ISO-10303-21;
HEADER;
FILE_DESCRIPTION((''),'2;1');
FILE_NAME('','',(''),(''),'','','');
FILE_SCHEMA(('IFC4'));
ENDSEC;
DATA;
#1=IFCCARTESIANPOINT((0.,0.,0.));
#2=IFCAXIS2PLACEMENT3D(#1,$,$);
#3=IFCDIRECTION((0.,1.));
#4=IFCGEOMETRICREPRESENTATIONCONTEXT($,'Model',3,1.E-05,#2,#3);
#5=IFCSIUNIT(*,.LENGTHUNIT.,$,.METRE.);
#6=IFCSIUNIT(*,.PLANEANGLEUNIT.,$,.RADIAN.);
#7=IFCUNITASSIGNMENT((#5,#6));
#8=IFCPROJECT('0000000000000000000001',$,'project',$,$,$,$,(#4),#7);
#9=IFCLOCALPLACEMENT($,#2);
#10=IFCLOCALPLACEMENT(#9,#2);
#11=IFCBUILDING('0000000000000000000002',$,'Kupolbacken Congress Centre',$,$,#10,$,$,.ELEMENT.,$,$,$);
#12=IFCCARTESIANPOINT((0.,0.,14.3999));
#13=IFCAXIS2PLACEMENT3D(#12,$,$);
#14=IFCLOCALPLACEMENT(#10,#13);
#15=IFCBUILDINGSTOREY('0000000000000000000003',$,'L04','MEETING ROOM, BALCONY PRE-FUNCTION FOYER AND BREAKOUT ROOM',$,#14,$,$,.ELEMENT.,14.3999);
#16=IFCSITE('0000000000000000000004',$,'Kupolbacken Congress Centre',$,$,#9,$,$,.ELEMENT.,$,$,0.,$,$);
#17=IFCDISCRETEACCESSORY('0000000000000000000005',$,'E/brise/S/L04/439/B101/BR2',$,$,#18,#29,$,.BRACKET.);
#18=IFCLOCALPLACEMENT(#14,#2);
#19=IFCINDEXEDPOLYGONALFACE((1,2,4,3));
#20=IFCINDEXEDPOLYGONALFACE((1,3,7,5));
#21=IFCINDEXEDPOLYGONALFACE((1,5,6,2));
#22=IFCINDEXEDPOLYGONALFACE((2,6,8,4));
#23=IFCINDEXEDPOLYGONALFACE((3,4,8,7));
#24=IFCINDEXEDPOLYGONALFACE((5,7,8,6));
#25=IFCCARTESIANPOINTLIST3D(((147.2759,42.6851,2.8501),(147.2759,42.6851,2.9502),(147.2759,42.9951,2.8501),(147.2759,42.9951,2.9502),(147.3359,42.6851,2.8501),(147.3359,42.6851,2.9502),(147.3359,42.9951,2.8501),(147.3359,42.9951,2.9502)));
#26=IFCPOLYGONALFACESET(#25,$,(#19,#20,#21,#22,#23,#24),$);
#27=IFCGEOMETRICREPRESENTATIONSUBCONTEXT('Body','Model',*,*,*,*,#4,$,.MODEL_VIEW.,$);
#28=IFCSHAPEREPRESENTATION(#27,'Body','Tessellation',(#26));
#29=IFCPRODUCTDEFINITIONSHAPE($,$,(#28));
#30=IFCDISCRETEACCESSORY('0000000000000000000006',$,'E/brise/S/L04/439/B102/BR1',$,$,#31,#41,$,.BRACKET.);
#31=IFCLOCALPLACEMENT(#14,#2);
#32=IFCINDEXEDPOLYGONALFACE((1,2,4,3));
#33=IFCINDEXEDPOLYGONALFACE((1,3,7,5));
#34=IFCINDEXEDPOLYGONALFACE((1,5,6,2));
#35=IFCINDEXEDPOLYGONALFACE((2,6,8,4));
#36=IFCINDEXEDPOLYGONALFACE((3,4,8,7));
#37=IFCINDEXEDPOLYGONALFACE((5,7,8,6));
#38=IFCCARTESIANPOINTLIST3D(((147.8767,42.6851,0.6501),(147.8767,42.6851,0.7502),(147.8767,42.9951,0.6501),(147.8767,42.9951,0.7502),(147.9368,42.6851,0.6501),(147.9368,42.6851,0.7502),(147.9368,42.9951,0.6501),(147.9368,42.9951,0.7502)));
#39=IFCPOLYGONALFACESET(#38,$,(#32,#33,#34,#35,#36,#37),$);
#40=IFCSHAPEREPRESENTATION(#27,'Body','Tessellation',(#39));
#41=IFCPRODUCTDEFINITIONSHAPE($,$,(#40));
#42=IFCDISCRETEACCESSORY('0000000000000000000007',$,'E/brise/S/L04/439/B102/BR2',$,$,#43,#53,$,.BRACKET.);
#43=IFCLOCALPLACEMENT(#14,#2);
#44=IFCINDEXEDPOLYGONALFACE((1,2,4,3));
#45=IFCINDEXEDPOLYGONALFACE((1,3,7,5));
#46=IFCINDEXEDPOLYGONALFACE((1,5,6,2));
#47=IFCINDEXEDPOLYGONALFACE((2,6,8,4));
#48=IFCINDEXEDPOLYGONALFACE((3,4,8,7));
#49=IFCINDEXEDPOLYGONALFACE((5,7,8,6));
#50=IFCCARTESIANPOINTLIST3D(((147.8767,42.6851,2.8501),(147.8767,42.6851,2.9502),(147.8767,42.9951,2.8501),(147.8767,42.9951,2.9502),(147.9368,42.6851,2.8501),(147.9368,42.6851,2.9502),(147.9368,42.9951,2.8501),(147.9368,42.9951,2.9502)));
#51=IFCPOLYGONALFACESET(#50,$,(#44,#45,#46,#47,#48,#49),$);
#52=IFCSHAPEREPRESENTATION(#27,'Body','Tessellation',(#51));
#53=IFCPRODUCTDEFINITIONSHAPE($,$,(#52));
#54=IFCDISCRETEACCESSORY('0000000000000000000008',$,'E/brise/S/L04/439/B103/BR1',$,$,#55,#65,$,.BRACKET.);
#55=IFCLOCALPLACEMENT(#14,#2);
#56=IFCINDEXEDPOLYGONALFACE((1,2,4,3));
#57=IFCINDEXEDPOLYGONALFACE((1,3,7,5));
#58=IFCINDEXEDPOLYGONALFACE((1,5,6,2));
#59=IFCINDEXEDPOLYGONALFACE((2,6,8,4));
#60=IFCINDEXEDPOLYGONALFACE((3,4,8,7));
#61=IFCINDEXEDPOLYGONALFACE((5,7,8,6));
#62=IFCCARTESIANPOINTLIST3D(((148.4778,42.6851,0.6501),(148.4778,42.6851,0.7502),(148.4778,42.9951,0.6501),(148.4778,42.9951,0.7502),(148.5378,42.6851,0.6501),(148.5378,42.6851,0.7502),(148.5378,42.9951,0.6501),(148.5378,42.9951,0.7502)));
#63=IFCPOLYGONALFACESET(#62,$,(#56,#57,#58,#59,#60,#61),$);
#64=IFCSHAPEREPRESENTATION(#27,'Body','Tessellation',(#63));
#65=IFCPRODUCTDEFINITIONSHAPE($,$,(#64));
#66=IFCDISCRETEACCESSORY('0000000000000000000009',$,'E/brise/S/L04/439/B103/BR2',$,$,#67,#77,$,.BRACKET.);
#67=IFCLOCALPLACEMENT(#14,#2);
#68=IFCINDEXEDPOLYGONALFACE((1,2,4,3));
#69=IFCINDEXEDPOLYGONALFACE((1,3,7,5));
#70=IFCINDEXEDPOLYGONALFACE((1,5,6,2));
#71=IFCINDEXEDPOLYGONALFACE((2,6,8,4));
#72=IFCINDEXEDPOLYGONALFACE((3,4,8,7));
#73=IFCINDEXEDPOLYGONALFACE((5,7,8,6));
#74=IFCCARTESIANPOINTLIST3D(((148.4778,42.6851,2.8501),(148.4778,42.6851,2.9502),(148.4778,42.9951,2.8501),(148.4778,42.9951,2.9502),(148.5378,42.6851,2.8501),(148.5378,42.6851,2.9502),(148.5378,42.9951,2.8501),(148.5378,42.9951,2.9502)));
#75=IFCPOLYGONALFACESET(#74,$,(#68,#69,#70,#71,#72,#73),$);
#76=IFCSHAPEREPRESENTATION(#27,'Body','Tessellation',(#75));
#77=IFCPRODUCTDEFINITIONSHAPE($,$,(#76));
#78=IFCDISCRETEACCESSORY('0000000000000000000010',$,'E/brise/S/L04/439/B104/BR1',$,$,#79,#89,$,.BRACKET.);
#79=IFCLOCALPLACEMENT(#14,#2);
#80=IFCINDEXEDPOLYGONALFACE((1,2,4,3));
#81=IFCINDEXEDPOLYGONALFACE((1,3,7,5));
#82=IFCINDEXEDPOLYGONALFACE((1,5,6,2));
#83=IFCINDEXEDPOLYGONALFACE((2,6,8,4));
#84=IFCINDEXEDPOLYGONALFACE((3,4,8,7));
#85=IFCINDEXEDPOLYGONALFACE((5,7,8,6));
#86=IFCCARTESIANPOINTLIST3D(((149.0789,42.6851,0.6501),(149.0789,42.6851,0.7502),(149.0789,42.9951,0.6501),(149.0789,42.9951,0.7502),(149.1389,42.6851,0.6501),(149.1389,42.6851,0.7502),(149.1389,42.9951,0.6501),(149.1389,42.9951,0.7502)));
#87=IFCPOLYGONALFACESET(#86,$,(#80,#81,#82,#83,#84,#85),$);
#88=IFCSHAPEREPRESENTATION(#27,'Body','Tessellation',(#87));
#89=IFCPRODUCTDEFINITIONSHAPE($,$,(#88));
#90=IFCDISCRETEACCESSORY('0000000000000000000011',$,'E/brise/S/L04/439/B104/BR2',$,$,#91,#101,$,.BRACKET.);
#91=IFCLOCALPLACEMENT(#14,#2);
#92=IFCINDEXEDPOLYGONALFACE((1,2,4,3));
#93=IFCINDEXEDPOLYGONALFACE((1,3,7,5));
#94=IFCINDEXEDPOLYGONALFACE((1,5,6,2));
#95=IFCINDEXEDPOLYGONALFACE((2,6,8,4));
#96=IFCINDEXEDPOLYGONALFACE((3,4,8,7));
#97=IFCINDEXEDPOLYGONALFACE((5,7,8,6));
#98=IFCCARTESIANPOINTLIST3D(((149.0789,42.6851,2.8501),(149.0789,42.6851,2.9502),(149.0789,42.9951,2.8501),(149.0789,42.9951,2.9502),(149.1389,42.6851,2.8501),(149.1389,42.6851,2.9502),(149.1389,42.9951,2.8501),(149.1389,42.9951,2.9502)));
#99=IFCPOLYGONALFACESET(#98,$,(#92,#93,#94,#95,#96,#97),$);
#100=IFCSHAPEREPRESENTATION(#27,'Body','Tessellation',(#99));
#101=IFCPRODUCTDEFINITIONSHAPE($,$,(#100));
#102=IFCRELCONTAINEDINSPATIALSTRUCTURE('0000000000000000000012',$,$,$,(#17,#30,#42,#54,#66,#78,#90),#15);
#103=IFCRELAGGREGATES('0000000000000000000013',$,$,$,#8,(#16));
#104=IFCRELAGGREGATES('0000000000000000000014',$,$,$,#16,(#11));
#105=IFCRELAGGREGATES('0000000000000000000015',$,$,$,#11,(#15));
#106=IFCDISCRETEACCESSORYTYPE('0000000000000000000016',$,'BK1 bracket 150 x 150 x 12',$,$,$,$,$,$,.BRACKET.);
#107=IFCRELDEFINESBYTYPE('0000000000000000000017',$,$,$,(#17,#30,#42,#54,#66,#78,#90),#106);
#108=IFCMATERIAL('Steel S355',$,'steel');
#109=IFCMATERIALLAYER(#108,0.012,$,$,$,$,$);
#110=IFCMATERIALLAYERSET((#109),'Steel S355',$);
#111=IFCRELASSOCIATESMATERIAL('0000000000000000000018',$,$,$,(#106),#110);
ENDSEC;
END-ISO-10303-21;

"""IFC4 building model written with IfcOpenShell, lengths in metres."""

from ifc_helpers import new_model, si_unit, direction, frame, origin, origin_2d, place, context, subcontext, project, spatial, rectangle, extrude, material, layer, layer_set, type_object, element, save


model = new_model("IFC4")

# Units and contexts
model_context = context("Model", 3, precision=1e-05, world=origin(), true_north=direction((0.0, 1.0)))
body_context = subcontext(model_context, "Body", "Model", "MODEL_VIEW")
ifc_project = project(units=[si_unit("LENGTHUNIT", "METRE"), si_unit("PLANEANGLEUNIT", "RADIAN")], contexts=[model_context])

# Site, building, storey
site_placement = place(None, origin())
site = spatial("IfcSite", under=ifc_project, at=site_placement, Name="Kupolbacken Congress Centre", CompositionType="ELEMENT", RefElevation=0.0)
building_placement = place(site_placement, origin())
building = spatial("IfcBuilding", under=site, at=building_placement, Name="Kupolbacken Congress Centre", CompositionType="ELEMENT")
storey_placement = place(building_placement, frame((0.0, 0.0, 14.3999)))
storey = spatial("IfcBuildingStorey", under=building, at=storey_placement, Name="L04", Description="MEETING ROOM, BALCONY PRE-FUNCTION FOYER AND BREAKOUT ROOM", CompositionType="ELEMENT", Elevation=14.3999)

# Discrete accessories
ifc_material_1 = material(Name="Steel S355", Category="steel")
ifc_layer_1 = layer(ifc_material_1, 0.012)
ifc_layer_set_1 = layer_set([ifc_layer_1], Name="Steel S355")
discrete_accessory_type = type_object("IfcDiscreteAccessoryType", Name="BK1 bracket 150 x 150 x 12", PredefinedType="BRACKET", material=ifc_layer_set_1)
for number, where, z_axis, x_axis, name in (
    (1, (147.3059, 42.8401, 2.8501), (0.0, 0.0, 1.0), (1.0, 0.0, 0.0), "E/brise/S/L04/439/B101/BR2"),
    (2, (147.9067, 42.8401, 0.6501), (0.0, 0.0, 1.0), (1.0, 0.0, 0.0), "E/brise/S/L04/439/B102/BR1"),
    (3, (147.9067, 42.8401, 2.8501), (0.0, 0.0, 1.0), (1.0, 0.0, 0.0), "E/brise/S/L04/439/B102/BR2"),
    (4, (148.5078, 42.8401, 0.6501), (0.0, 0.0, 1.0), (1.0, 0.0, 0.0), "E/brise/S/L04/439/B103/BR1"),
    (5, (148.5078, 42.8401, 2.8501), (0.0, 0.0, 1.0), (1.0, 0.0, 0.0), "E/brise/S/L04/439/B103/BR2"),
    (6, (149.1089, 42.8401, 0.6501), (0.0, 0.0, 1.0), (1.0, 0.0, 0.0), "E/brise/S/L04/439/B104/BR1"),
    (7, (149.1089, 42.8401, 2.8501), (0.0, 0.0, 1.0), (1.0, 0.0, 0.0), "E/brise/S/L04/439/B104/BR2"),
):
    element("IfcDiscreteAccessory", number, at=place(storey_placement, frame(where, z_axis=z_axis, x_axis=x_axis)), inside=storey, type_object=discrete_accessory_type, Name=name, PredefinedType="BRACKET", context=body_context, shape_type="SweptSolid", body=[
        extrude(rectangle(XDim=0.0601, YDim=0.3101, at=origin_2d()), origin(), (0.0, 0.0, 1.0), 0.1001),
    ])

save(model, "model.ifc")
